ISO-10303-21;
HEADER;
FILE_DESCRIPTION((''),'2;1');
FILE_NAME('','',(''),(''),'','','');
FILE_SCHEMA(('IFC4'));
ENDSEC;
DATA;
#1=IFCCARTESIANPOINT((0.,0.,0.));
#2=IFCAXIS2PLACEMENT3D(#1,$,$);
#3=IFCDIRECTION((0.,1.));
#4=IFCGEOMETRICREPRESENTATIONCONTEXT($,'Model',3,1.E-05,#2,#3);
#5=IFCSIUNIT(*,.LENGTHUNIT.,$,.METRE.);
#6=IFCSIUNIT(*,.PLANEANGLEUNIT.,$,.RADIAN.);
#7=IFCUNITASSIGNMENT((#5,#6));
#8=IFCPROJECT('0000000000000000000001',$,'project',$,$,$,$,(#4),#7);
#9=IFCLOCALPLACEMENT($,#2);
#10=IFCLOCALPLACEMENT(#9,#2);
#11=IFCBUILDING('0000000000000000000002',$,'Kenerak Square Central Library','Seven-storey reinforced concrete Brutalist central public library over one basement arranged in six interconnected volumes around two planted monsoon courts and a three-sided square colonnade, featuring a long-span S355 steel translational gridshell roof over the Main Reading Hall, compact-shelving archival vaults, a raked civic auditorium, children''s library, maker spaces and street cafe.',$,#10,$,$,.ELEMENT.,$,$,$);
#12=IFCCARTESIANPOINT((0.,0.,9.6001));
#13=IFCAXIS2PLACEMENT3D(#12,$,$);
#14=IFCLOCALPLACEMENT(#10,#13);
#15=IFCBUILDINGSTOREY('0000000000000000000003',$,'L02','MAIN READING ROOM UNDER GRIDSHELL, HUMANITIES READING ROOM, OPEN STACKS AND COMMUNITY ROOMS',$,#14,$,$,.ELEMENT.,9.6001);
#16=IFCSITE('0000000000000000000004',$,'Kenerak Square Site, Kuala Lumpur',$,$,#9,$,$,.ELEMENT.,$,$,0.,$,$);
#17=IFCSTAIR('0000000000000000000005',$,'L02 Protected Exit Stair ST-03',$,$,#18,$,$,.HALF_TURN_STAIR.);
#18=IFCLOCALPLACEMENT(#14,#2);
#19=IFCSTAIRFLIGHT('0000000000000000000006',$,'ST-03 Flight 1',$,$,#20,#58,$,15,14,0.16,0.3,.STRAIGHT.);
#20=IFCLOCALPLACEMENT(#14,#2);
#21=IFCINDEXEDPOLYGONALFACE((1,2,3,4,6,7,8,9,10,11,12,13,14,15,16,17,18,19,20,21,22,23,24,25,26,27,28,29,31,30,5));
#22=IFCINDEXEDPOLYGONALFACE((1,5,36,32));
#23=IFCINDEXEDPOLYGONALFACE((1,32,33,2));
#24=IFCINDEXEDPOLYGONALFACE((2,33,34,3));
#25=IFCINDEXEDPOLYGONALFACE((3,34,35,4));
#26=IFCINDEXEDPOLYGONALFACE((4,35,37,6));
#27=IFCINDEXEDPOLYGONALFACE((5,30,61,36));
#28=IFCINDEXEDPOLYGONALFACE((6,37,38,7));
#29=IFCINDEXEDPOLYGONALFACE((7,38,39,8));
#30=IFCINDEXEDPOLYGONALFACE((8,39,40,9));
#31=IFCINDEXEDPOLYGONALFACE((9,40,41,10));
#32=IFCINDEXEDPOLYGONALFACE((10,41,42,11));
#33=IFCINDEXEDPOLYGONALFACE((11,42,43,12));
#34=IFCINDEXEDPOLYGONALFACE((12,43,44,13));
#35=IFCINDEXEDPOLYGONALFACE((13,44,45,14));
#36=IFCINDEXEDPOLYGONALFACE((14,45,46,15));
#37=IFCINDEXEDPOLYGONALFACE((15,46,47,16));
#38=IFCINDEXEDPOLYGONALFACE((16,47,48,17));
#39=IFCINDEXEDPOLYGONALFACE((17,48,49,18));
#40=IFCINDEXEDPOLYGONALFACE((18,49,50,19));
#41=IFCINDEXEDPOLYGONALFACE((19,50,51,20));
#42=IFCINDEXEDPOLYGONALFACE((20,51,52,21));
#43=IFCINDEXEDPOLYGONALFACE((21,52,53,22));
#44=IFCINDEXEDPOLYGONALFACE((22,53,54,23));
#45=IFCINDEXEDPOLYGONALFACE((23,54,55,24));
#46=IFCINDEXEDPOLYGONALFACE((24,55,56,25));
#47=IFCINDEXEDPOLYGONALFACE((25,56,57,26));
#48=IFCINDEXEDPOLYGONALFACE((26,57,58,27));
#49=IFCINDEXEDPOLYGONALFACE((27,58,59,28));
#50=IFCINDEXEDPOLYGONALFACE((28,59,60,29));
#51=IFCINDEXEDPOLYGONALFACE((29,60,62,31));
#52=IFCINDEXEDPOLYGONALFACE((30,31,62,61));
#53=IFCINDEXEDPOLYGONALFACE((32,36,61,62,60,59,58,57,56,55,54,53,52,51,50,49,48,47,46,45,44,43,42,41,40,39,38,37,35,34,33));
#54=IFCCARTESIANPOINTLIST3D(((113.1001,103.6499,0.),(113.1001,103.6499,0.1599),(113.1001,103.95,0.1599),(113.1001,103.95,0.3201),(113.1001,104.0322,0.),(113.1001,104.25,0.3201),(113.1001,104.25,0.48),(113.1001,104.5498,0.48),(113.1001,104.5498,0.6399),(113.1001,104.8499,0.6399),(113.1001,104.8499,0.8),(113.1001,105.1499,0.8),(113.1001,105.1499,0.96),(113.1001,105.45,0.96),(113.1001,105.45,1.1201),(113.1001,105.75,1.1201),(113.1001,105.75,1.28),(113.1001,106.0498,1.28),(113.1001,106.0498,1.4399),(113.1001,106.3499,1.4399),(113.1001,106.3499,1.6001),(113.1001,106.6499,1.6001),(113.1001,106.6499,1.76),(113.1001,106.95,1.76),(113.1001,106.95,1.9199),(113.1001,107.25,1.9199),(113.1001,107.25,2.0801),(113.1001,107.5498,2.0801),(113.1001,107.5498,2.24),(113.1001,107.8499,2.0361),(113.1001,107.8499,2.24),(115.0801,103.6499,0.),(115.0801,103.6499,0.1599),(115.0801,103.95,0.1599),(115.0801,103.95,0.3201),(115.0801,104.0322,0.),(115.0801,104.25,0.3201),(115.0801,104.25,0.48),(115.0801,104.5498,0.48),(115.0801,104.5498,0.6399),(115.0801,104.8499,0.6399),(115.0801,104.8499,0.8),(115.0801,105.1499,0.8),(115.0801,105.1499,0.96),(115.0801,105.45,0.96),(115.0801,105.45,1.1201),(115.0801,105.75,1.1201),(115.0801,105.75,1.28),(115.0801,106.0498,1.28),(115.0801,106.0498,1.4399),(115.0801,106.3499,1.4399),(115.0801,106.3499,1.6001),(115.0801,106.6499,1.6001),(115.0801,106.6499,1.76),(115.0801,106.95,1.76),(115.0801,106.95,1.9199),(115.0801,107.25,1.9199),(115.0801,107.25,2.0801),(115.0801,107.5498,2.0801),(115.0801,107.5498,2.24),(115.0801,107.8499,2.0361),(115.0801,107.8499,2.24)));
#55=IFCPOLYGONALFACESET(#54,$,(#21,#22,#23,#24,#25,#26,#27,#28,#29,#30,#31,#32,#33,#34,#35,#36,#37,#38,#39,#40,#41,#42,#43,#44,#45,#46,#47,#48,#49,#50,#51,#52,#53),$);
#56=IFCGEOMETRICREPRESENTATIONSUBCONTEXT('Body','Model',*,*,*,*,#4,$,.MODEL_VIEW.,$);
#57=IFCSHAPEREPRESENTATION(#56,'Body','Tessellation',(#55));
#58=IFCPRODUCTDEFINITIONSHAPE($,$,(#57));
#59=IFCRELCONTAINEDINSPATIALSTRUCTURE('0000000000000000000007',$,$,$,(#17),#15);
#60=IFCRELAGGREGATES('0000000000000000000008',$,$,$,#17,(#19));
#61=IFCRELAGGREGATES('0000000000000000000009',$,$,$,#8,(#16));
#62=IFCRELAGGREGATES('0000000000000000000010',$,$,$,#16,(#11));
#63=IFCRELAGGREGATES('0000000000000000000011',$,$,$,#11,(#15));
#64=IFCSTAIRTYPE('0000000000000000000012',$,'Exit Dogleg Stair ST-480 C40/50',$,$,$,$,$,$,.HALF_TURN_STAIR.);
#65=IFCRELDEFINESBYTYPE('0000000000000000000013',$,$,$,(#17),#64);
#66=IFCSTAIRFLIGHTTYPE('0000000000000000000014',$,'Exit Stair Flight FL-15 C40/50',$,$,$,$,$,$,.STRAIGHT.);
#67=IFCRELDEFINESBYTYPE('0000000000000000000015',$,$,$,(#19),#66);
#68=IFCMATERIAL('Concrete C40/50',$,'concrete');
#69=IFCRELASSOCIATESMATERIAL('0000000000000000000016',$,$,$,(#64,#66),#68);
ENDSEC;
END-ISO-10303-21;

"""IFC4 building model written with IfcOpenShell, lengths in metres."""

from ifc_helpers import new_model, si_unit, direction, frame, origin, place, context, subcontext, project, spatial, polyline, outline, extrude, material, type_object, element, aggregate, save


model = new_model("IFC4")

# Units and contexts
model_context = context("Model", 3, precision=1e-05, world=origin(), true_north=direction((0.0, 1.0)))
body_context = subcontext(model_context, "Body", "Model", "MODEL_VIEW")
ifc_project = project(units=[si_unit("LENGTHUNIT", "METRE"), si_unit("PLANEANGLEUNIT", "RADIAN")], contexts=[model_context])

# Site, building, storey
site_placement = place(None, origin())
site = spatial("IfcSite", under=ifc_project, at=site_placement, Name="Kenerak Square Site, Kuala Lumpur", CompositionType="ELEMENT", RefElevation=0.0)
building_placement = place(site_placement, origin())
building = spatial("IfcBuilding", under=site, at=building_placement, Name="Kenerak Square Central Library", Description="Seven-storey reinforced concrete Brutalist central public library over one basement arranged in six interconnected volumes around two planted monsoon courts and a three-sided square colonnade, featuring a long-span S355 steel translational gridshell roof over the Main Reading Hall, compact-shelving archival vaults, a raked civic auditorium, children's library, maker spaces and street cafe.", CompositionType="ELEMENT")
storey_placement = place(building_placement, frame((0.0, 0.0, 9.6001)))
storey = spatial("IfcBuildingStorey", under=building, at=storey_placement, Name="L02", Description="MAIN READING ROOM UNDER GRIDSHELL, HUMANITIES READING ROOM, OPEN STACKS AND COMMUNITY ROOMS", CompositionType="ELEMENT", Elevation=9.6001)

# Shared definitions
ifc_material_1 = material(Name="Concrete C40/50", Category="concrete")

# Stair, stair flight
stair_type = type_object("IfcStairType", Name="Exit Dogleg Stair ST-480 C40/50", PredefinedType="HALF_TURN_STAIR", material=ifc_material_1)
stair_placement = place(storey_placement, origin())
stair = element("IfcStair", 1, at=stair_placement, inside=storey, type_object=stair_type, Name="L02 Protected Exit Stair ST-03", PredefinedType="HALF_TURN_STAIR")
stair_flight_type = type_object("IfcStairFlightType", Name="Exit Stair Flight FL-15 C40/50", PredefinedType="STRAIGHT", material=ifc_material_1)
stair_flight_placement = place(storey_placement, frame((114.0901, 103.6499, 0.0), z_axis=(0.0, 0.0, 1.0), x_axis=(0.0, 1.0, 0.0)))
stair_flight = element("IfcStairFlight", 2, at=stair_flight_placement, type_object=stair_flight_type, Name="ST-03 Flight 1", NumberOfRisers=15, NumberOfTreads=14, PredefinedType="STRAIGHT", RiserHeight=0.16, TreadLength=0.3, context=body_context, shape_type="SweptSolid", body=[
    extrude(outline(polyline([(0.0, 0.0), (0.0, 0.1599), (0.3, 0.1599), (0.3, 0.3201), (0.6001, 0.3201), (0.6001, 0.48), (0.8999, 0.48), (0.8999, 0.6399), (1.2, 0.6399), (1.2, 0.8), (1.5, 0.8), (1.5, 0.96), (1.8, 0.96), (1.8, 1.1201), (2.1001, 1.1201), (2.1001, 1.28), (2.3999, 1.28), (2.3999, 1.4399), (2.7, 1.4399), (2.7, 1.6001), (3.0, 1.6001), (3.0, 1.76), (3.3, 1.76), (3.3, 1.9199), (3.6001, 1.9199), (3.6001, 2.0801), (3.8999, 2.0801), (3.8999, 2.24), (4.2, 2.24), (4.2, 2.3999), (4.2, 2.0361), (0.3823, 0.0), (0.0, 0.0)])), frame((0.0, 0.99, 0.0), z_axis=(0.0, -1.0, 0.0), x_axis=(1.0, 0.0, 0.0)), (0.0, 0.0, 1.0), 1.98),
])
aggregate(stair, [stair_flight])

save(model, "model.ifc")
